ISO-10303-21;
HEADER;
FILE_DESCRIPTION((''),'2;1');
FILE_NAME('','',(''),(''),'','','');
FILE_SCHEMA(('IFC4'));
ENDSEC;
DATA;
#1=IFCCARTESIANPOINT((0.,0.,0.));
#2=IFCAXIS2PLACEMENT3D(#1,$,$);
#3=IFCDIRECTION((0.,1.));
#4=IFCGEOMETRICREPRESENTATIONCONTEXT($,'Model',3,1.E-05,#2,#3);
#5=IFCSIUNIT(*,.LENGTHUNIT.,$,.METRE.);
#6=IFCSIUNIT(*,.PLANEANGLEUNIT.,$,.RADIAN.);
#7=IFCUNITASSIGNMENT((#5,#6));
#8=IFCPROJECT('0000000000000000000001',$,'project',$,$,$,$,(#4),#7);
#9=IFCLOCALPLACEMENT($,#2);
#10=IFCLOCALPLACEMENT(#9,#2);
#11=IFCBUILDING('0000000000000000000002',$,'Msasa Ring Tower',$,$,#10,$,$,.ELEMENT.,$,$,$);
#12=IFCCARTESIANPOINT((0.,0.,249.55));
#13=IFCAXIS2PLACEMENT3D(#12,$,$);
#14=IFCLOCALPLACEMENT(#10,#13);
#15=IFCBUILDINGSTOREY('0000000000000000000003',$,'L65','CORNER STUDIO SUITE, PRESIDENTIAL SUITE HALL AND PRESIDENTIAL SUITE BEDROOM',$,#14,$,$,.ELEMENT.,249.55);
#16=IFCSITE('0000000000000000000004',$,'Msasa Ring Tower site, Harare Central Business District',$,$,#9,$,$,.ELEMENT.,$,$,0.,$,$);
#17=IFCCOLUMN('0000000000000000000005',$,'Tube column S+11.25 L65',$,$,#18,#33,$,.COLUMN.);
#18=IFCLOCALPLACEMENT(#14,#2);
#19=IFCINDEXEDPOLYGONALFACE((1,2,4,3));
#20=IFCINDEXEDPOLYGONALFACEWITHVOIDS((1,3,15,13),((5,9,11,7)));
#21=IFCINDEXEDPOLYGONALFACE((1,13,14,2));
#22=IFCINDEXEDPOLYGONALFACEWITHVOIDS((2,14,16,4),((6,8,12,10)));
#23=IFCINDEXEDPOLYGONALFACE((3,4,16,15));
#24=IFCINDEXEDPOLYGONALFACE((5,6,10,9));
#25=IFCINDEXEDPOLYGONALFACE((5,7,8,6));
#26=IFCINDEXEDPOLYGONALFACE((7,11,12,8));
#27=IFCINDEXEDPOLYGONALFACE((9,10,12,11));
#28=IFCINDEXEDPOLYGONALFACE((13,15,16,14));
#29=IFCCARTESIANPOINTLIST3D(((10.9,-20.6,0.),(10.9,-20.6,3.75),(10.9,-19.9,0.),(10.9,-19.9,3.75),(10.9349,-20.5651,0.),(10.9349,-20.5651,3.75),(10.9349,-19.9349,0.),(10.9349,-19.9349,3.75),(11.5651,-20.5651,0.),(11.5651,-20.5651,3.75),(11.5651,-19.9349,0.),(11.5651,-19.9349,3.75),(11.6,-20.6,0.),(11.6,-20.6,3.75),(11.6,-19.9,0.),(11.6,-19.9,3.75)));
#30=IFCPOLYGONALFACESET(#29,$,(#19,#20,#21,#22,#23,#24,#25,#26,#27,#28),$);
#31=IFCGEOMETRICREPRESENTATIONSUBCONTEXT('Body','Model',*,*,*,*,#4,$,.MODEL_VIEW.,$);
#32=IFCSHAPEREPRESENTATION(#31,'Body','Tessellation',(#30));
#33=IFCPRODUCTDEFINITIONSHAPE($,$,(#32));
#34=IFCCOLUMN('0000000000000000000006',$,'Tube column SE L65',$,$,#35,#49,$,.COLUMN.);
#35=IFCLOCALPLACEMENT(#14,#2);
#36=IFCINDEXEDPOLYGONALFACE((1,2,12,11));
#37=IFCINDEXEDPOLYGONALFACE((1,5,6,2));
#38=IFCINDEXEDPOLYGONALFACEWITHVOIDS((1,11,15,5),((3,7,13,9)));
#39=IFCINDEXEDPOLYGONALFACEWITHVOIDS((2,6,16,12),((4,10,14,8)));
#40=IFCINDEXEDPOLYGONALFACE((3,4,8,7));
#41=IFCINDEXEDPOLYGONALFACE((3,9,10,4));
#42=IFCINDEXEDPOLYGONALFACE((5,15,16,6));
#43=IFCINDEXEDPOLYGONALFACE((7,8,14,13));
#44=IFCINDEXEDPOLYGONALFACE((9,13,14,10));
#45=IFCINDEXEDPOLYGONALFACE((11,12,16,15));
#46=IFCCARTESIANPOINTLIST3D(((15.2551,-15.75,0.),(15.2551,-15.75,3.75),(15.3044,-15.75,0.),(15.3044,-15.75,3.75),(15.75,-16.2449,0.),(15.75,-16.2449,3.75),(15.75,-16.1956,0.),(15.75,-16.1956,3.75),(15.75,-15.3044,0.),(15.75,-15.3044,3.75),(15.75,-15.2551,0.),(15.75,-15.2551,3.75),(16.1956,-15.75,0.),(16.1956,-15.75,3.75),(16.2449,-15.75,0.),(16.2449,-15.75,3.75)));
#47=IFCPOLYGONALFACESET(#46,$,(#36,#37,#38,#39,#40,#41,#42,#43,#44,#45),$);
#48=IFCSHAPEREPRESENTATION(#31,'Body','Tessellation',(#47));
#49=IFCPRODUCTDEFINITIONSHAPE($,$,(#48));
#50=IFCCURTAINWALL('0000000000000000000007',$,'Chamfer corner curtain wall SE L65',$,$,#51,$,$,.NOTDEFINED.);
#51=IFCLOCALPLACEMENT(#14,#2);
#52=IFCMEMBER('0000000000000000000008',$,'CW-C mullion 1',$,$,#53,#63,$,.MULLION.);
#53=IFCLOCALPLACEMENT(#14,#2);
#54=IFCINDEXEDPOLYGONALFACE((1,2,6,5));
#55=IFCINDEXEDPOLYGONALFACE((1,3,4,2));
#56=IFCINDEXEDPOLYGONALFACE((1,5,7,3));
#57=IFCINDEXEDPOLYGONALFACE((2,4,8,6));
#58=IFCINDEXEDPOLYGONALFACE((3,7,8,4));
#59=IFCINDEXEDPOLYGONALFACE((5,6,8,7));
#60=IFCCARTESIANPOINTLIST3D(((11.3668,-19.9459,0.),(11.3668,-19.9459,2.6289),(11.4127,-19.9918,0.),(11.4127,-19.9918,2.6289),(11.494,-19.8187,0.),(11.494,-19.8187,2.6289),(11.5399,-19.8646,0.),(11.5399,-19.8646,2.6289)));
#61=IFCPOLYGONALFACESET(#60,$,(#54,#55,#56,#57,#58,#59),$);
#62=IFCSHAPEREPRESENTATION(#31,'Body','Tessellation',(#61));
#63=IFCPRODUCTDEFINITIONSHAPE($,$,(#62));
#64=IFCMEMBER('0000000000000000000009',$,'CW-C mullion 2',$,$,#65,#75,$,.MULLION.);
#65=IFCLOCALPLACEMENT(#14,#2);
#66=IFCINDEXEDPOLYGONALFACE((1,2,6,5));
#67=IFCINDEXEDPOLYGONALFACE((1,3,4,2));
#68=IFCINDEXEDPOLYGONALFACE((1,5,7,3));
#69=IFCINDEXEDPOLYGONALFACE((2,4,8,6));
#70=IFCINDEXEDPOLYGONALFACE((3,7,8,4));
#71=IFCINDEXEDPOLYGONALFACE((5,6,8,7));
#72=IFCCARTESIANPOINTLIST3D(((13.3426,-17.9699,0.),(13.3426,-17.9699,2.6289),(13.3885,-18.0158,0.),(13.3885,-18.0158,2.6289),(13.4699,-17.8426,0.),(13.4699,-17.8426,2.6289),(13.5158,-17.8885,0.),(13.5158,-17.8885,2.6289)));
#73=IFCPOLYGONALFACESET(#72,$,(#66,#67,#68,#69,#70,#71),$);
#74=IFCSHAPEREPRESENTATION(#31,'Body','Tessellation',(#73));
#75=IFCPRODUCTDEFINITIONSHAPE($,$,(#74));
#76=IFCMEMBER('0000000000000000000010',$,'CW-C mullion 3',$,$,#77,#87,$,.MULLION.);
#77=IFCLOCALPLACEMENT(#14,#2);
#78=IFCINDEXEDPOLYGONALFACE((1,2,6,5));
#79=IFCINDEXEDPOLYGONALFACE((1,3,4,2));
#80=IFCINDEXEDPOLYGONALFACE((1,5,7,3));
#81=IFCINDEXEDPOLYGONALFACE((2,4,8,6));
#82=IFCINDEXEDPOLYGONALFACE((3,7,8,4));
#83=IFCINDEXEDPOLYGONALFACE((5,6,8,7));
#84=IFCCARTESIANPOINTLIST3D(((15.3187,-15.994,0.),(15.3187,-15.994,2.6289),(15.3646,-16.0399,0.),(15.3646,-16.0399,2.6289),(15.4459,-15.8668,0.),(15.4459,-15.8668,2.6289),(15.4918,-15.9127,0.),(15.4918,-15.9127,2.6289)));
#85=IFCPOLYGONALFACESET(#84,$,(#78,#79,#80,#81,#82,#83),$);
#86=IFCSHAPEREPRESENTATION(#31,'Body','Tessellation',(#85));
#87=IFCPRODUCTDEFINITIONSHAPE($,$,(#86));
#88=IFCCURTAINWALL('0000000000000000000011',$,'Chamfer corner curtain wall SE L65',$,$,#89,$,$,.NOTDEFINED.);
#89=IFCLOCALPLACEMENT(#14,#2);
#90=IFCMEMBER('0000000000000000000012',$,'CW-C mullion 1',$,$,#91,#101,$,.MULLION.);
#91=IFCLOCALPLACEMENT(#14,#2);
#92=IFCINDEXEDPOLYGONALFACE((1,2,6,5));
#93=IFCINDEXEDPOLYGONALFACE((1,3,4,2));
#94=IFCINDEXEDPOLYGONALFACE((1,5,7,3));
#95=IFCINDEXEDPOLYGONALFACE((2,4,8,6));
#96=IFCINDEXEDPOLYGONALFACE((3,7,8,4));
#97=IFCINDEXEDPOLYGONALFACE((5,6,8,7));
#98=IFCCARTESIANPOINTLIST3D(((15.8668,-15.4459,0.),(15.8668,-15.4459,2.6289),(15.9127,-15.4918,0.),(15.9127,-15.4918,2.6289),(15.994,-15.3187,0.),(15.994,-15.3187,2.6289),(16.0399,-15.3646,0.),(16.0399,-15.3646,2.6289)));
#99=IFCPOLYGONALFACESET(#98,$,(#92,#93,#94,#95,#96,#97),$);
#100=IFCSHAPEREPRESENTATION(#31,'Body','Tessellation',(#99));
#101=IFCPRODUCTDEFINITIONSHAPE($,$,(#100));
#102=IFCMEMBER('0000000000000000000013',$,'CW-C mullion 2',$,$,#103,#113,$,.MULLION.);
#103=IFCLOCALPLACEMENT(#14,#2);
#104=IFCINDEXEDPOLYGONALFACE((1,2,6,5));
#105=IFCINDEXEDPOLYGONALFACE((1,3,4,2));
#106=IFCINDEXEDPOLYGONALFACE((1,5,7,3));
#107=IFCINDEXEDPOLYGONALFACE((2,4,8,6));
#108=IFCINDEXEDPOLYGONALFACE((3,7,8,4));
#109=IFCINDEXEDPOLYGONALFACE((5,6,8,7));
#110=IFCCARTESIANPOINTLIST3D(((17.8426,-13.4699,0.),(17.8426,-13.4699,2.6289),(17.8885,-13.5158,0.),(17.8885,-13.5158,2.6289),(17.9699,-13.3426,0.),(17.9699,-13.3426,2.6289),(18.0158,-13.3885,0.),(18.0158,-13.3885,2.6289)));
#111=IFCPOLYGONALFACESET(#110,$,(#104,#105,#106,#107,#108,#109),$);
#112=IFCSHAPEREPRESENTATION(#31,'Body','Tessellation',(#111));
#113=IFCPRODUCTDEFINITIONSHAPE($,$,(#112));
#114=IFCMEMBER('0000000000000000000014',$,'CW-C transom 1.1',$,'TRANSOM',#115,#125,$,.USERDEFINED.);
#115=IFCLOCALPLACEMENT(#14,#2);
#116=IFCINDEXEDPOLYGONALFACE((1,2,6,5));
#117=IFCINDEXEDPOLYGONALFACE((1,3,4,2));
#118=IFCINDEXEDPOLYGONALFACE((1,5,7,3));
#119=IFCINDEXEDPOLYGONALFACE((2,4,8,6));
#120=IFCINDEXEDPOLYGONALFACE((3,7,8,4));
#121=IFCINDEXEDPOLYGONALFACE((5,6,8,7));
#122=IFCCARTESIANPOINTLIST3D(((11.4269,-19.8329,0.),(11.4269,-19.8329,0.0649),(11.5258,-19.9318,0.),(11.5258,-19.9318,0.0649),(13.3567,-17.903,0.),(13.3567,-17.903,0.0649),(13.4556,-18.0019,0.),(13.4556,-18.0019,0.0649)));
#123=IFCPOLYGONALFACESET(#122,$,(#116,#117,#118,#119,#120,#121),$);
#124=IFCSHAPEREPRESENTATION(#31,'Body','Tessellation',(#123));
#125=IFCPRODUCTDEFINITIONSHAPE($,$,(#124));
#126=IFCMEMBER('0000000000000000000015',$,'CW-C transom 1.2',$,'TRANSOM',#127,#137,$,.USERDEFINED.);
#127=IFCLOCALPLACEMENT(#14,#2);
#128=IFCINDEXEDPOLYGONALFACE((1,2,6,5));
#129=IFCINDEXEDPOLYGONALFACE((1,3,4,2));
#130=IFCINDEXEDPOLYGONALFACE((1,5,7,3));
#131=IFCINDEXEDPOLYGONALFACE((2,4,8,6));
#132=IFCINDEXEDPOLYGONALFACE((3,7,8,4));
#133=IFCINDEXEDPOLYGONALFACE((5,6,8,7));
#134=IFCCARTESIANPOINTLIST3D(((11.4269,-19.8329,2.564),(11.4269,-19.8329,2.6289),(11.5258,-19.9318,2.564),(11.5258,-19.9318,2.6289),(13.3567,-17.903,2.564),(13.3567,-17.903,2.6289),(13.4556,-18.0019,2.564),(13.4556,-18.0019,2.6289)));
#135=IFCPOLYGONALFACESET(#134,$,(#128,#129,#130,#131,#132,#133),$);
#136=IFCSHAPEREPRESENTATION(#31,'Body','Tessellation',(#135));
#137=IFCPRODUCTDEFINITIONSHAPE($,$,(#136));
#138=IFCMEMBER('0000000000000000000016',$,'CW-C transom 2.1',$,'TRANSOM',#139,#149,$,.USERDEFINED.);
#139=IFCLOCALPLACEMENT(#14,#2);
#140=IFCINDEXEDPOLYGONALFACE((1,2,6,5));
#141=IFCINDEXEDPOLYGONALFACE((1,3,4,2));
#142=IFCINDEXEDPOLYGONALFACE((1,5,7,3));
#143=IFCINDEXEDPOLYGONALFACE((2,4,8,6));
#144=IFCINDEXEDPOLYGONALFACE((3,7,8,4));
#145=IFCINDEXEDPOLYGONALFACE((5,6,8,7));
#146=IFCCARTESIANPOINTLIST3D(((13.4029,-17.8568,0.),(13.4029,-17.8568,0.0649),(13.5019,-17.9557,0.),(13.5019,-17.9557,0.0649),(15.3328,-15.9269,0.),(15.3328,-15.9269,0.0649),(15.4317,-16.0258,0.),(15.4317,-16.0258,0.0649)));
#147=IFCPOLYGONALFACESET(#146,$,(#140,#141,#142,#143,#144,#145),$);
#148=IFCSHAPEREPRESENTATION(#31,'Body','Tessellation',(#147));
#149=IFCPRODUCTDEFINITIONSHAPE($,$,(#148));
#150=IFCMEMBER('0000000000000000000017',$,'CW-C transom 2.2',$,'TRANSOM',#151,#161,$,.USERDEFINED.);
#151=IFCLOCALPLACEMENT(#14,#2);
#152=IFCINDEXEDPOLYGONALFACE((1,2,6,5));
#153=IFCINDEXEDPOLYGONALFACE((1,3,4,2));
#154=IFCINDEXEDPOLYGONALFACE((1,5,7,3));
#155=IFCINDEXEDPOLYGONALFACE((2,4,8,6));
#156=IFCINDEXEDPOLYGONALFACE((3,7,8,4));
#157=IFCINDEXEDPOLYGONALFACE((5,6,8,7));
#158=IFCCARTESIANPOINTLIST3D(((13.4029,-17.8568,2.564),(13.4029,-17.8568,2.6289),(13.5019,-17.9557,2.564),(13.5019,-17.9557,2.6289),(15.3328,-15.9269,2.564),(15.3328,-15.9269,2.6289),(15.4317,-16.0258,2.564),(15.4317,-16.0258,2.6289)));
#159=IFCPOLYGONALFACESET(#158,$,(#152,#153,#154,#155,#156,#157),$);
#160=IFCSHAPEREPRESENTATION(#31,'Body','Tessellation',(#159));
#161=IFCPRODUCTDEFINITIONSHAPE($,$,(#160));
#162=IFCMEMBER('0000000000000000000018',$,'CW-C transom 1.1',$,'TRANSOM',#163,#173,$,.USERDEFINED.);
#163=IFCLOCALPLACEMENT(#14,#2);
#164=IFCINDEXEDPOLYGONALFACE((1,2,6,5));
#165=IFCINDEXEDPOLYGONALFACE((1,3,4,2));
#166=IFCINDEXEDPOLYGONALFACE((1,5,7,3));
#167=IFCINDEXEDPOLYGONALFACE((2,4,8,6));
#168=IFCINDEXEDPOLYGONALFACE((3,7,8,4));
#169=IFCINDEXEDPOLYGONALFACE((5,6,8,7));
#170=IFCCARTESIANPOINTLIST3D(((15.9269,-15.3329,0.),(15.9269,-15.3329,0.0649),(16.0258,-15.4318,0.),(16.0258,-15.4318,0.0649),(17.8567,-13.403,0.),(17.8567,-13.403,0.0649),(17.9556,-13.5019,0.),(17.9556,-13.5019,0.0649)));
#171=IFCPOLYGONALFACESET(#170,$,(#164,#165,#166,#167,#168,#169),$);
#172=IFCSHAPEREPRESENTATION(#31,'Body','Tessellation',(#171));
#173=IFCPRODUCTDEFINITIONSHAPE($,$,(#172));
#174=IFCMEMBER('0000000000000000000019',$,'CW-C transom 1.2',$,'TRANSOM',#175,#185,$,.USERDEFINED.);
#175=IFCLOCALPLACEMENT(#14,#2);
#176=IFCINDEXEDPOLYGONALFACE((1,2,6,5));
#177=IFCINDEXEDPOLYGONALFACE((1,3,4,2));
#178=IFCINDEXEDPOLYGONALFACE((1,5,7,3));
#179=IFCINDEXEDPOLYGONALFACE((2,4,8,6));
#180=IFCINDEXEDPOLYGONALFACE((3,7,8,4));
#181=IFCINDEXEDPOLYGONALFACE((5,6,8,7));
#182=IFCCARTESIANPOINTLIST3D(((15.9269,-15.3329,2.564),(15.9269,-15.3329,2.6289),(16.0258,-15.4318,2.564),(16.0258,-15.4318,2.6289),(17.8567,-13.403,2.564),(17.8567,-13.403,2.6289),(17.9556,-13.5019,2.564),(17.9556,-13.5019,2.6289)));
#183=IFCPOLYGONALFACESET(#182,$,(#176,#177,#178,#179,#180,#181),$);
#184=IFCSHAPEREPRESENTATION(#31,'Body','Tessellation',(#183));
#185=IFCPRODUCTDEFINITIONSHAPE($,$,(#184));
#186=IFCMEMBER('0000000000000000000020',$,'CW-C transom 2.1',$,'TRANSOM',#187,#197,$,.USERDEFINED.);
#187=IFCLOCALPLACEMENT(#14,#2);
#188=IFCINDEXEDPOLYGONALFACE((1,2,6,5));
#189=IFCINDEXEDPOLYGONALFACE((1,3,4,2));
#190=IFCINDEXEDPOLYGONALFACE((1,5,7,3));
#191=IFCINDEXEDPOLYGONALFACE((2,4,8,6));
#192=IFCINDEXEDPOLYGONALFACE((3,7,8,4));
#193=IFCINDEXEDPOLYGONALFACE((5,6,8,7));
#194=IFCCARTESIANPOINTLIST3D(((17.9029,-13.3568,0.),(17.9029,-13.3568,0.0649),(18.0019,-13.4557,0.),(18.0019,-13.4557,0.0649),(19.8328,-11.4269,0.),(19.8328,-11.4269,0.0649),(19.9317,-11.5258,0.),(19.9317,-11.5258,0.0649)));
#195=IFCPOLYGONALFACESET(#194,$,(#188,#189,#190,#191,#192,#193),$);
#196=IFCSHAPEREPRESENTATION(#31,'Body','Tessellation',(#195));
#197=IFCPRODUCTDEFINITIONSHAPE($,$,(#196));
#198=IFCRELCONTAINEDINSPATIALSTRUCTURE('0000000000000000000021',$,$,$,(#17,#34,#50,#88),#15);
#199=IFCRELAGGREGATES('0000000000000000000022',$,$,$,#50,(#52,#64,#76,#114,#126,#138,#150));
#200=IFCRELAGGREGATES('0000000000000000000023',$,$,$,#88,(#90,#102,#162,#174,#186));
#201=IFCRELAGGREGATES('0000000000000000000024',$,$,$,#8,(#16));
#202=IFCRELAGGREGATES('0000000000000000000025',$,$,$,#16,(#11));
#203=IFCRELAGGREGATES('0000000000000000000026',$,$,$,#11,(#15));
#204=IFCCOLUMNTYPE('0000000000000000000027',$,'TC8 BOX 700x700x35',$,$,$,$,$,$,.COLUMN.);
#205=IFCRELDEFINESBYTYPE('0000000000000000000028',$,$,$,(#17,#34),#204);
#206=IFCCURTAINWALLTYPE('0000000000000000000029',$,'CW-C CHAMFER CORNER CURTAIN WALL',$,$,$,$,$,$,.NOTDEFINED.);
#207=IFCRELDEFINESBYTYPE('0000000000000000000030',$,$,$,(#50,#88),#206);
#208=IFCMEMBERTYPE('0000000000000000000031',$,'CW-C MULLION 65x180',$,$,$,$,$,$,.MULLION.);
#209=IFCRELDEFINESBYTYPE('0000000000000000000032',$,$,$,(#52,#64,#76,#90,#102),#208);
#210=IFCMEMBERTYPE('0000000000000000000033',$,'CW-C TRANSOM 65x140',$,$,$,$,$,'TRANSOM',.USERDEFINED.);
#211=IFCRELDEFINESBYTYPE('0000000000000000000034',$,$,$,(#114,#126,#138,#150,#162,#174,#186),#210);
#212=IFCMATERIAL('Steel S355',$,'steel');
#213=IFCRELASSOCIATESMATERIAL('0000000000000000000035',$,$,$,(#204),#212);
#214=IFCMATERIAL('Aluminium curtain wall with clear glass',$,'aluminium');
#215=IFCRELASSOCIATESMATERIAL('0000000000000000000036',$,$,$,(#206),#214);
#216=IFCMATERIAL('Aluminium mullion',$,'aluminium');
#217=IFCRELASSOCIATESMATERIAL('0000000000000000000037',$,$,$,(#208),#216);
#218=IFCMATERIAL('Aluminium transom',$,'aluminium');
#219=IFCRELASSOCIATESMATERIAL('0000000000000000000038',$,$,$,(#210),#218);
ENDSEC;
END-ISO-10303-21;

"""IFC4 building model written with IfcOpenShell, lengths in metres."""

from ifc_helpers import new_model, si_unit, direction, frame, origin, origin_2d, place, context, subcontext, project, spatial, rectangle, hollow_rectangle, extrude, material, material_profile, profile_set, type_object, element, aggregate, save


model = new_model("IFC4")

# Units and contexts
model_context = context("Model", 3, precision=1e-05, world=origin(), true_north=direction((0.0, 1.0)))
body_context = subcontext(model_context, "Body", "Model", "MODEL_VIEW")
ifc_project = project(units=[si_unit("LENGTHUNIT", "METRE"), si_unit("PLANEANGLEUNIT", "RADIAN")], contexts=[model_context])

# Site, building, storey
site_placement = place(None, origin())
site = spatial("IfcSite", under=ifc_project, at=site_placement, Name="Msasa Ring Tower site, Harare Central Business District", CompositionType="ELEMENT", RefElevation=0.0)
building_placement = place(site_placement, origin())
building = spatial("IfcBuilding", under=site, at=building_placement, Name="Msasa Ring Tower", CompositionType="ELEMENT")
storey_placement = place(building_placement, frame((0.0, 0.0, 249.55)))
storey = spatial("IfcBuildingStorey", under=building, at=storey_placement, Name="L65", Description="CORNER STUDIO SUITE, PRESIDENTIAL SUITE HALL AND PRESIDENTIAL SUITE BEDROOM", CompositionType="ELEMENT", Elevation=249.55)

# Columns
ifc_material_1 = material(Name="Steel S355", Category="steel")
ifc_material_profile_1 = material_profile(ifc_material_1, hollow_rectangle(XDim=0.7, YDim=0.7, WallThickness=0.0349, at=origin_2d()), Name="BOX 700x700x35")
ifc_profile_set_1 = profile_set([ifc_material_profile_1], Name="Steel S355")
column_type = type_object("IfcColumnType", Name="TC8 BOX 700x700x35", PredefinedType="COLUMN", material=ifc_profile_set_1)
for number, where, z_axis, x_axis, name in (
    (1, (11.25, -20.25, 0.0), (0.0, 0.0, 1.0), (0.0, 1.0, 0.0), "Tube column S+11.25 L65"),
    (2, (15.75, -15.75, 0.0), (0.0, 0.0, 1.0), (0.707107, -0.707107, 0.0), "Tube column SE L65"),
):
    element("IfcColumn", number, at=place(storey_placement, frame(where, z_axis=z_axis, x_axis=x_axis)), inside=storey, type_object=column_type, Name=name, PredefinedType="COLUMN", context=body_context, shape_type="SweptSolid", body=[
        extrude(hollow_rectangle(XDim=0.7, YDim=0.7, WallThickness=0.0349, at=origin_2d()), origin(), (0.0, 0.0, 1.0), 3.75),
    ])

# Curtain walls, members
ifc_material_2 = material(Name="Aluminium curtain wall with clear glass", Category="aluminium")
curtain_wall_type = type_object("IfcCurtainWallType", Name="CW-C CHAMFER CORNER CURTAIN WALL", PredefinedType="NOTDEFINED", material=ifc_material_2)
curtain_wall_1_placement = place(storey_placement, origin())
curtain_wall_1 = element("IfcCurtainWall", 3, at=curtain_wall_1_placement, inside=storey, type_object=curtain_wall_type, Name="Chamfer corner curtain wall SE L65", PredefinedType="NOTDEFINED")
ifc_material_3 = material(Name="Aluminium mullion", Category="aluminium")
ifc_material_profile_2 = material_profile(ifc_material_3, rectangle(XDim=0.0649, YDim=0.1799, at=origin_2d()), Name="AL 65x180")
ifc_profile_set_2 = profile_set([ifc_material_profile_2], Name="Aluminium mullion")
member_type_1 = type_object("IfcMemberType", Name="CW-C MULLION 65x180", PredefinedType="MULLION", material=ifc_profile_set_2)
member_1_placement = place(storey_placement, frame((11.4534, -19.9053, 0.0), z_axis=(0.0, 0.0, 1.0), x_axis=(-0.707107, 0.707107, 0.0)))
member_1 = element("IfcMember", 4, at=member_1_placement, type_object=member_type_1, Name="CW-C mullion 1", PredefinedType="MULLION", context=body_context, shape_type="SweptSolid", body=[
    extrude(rectangle(XDim=0.0649, YDim=0.1799, at=origin_2d()), origin(), (0.0, 0.0, 1.0), 2.6289),
])
member_2_placement = place(storey_placement, frame((13.4292, -17.9292, 0.0), z_axis=(0.0, 0.0, 1.0), x_axis=(-0.707107, 0.707107, 0.0)))
member_2 = element("IfcMember", 5, at=member_2_placement, type_object=member_type_1, Name="CW-C mullion 2", PredefinedType="MULLION", context=body_context, shape_type="SweptSolid", body=[
    extrude(rectangle(XDim=0.0649, YDim=0.1799, at=origin_2d()), origin(), (0.0, 0.0, 1.0), 2.6289),
])
member_3_placement = place(storey_placement, frame((15.4053, -15.9534, 0.0), z_axis=(0.0, 0.0, 1.0), x_axis=(-0.707107, 0.707107, 0.0)))
member_3 = element("IfcMember", 6, at=member_3_placement, type_object=member_type_1, Name="CW-C mullion 3", PredefinedType="MULLION", context=body_context, shape_type="SweptSolid", body=[
    extrude(rectangle(XDim=0.0649, YDim=0.1799, at=origin_2d()), origin(), (0.0, 0.0, 1.0), 2.6289),
])
curtain_wall_2_placement = place(storey_placement, origin())
curtain_wall_2 = element("IfcCurtainWall", 7, at=curtain_wall_2_placement, inside=storey, type_object=curtain_wall_type, Name="Chamfer corner curtain wall SE L65", PredefinedType="NOTDEFINED")
member_4_placement = place(storey_placement, frame((15.9534, -15.4053, 0.0), z_axis=(0.0, 0.0, 1.0), x_axis=(-0.707107, 0.707107, 0.0)))
member_4 = element("IfcMember", 8, at=member_4_placement, type_object=member_type_1, Name="CW-C mullion 1", PredefinedType="MULLION", context=body_context, shape_type="SweptSolid", body=[
    extrude(rectangle(XDim=0.0649, YDim=0.1799, at=origin_2d()), origin(), (0.0, 0.0, 1.0), 2.6289),
])
member_5_placement = place(storey_placement, frame((17.9292, -13.4292, 0.0), z_axis=(0.0, 0.0, 1.0), x_axis=(-0.707107, 0.707107, 0.0)))
member_5 = element("IfcMember", 9, at=member_5_placement, type_object=member_type_1, Name="CW-C mullion 2", PredefinedType="MULLION", context=body_context, shape_type="SweptSolid", body=[
    extrude(rectangle(XDim=0.0649, YDim=0.1799, at=origin_2d()), origin(), (0.0, 0.0, 1.0), 2.6289),
])

# Members
ifc_material_4 = material(Name="Aluminium transom", Category="aluminium")
ifc_material_profile_3 = material_profile(ifc_material_4, rectangle(XDim=0.1399, YDim=0.0649, at=origin_2d()), Name="AL 65x140")
ifc_profile_set_3 = profile_set([ifc_material_profile_3], Name="Aluminium transom")
member_type_2 = type_object("IfcMemberType", Name="CW-C TRANSOM 65x140", ElementType="TRANSOM", PredefinedType="USERDEFINED", material=ifc_profile_set_3)
member_6_placement = place(storey_placement, frame((11.4763, -19.8823, 0.0325), z_axis=(0.707107, 0.707107, 0.0), x_axis=(-0.707107, 0.707107, 0.0)))
member_6 = element("IfcMember", 10, at=member_6_placement, type_object=member_type_2, Name="CW-C transom 1.1", ObjectType="TRANSOM", PredefinedType="USERDEFINED", context=body_context, shape_type="SweptSolid", body=[
    extrude(rectangle(XDim=0.1399, YDim=0.0649, at=origin_2d()), origin(), (0.0, 0.0, 1.0), 2.7292),
])
member_7_placement = place(storey_placement, frame((11.4763, -19.8823, 2.5964), z_axis=(0.707107, 0.707107, 0.0), x_axis=(-0.707107, 0.707107, 0.0)))
member_7 = element("IfcMember", 11, at=member_7_placement, type_object=member_type_2, Name="CW-C transom 1.2", ObjectType="TRANSOM", PredefinedType="USERDEFINED", context=body_context, shape_type="SweptSolid", body=[
    extrude(rectangle(XDim=0.1399, YDim=0.0649, at=origin_2d()), origin(), (0.0, 0.0, 1.0), 2.7292),
])
member_8_placement = place(storey_placement, frame((13.4524, -17.9062, 0.0325), z_axis=(0.707107, 0.707107, 0.0), x_axis=(-0.707107, 0.707107, 0.0)))
member_8 = element("IfcMember", 12, at=member_8_placement, type_object=member_type_2, Name="CW-C transom 2.1", ObjectType="TRANSOM", PredefinedType="USERDEFINED", context=body_context, shape_type="SweptSolid", body=[
    extrude(rectangle(XDim=0.1399, YDim=0.0649, at=origin_2d()), origin(), (0.0, 0.0, 1.0), 2.7292),
])
member_9_placement = place(storey_placement, frame((13.4524, -17.9062, 2.5964), z_axis=(0.707107, 0.707107, 0.0), x_axis=(-0.707107, 0.707107, 0.0)))
member_9 = element("IfcMember", 13, at=member_9_placement, type_object=member_type_2, Name="CW-C transom 2.2", ObjectType="TRANSOM", PredefinedType="USERDEFINED", context=body_context, shape_type="SweptSolid", body=[
    extrude(rectangle(XDim=0.1399, YDim=0.0649, at=origin_2d()), origin(), (0.0, 0.0, 1.0), 2.7292),
])
member_10_placement = place(storey_placement, frame((15.9763, -15.3823, 0.0325), z_axis=(0.707107, 0.707107, 0.0), x_axis=(-0.707107, 0.707107, 0.0)))
member_10 = element("IfcMember", 14, at=member_10_placement, type_object=member_type_2, Name="CW-C transom 1.1", ObjectType="TRANSOM", PredefinedType="USERDEFINED", context=body_context, shape_type="SweptSolid", body=[
    extrude(rectangle(XDim=0.1399, YDim=0.0649, at=origin_2d()), origin(), (0.0, 0.0, 1.0), 2.7292),
])
member_11_placement = place(storey_placement, frame((15.9763, -15.3823, 2.5964), z_axis=(0.707107, 0.707107, 0.0), x_axis=(-0.707107, 0.707107, 0.0)))
member_11 = element("IfcMember", 15, at=member_11_placement, type_object=member_type_2, Name="CW-C transom 1.2", ObjectType="TRANSOM", PredefinedType="USERDEFINED", context=body_context, shape_type="SweptSolid", body=[
    extrude(rectangle(XDim=0.1399, YDim=0.0649, at=origin_2d()), origin(), (0.0, 0.0, 1.0), 2.7292),
])
member_12_placement = place(storey_placement, frame((17.9524, -13.4062, 0.0325), z_axis=(0.707107, 0.707107, 0.0), x_axis=(-0.707107, 0.707107, 0.0)))
member_12 = element("IfcMember", 16, at=member_12_placement, type_object=member_type_2, Name="CW-C transom 2.1", ObjectType="TRANSOM", PredefinedType="USERDEFINED", context=body_context, shape_type="SweptSolid", body=[
    extrude(rectangle(XDim=0.1399, YDim=0.0649, at=origin_2d()), origin(), (0.0, 0.0, 1.0), 2.7292),
])

aggregate(curtain_wall_1, [member_1, member_2, member_3, member_6, member_7, member_8, member_9])
aggregate(curtain_wall_2, [member_4, member_5, member_10, member_11, member_12])

save(model, "model.ifc")
